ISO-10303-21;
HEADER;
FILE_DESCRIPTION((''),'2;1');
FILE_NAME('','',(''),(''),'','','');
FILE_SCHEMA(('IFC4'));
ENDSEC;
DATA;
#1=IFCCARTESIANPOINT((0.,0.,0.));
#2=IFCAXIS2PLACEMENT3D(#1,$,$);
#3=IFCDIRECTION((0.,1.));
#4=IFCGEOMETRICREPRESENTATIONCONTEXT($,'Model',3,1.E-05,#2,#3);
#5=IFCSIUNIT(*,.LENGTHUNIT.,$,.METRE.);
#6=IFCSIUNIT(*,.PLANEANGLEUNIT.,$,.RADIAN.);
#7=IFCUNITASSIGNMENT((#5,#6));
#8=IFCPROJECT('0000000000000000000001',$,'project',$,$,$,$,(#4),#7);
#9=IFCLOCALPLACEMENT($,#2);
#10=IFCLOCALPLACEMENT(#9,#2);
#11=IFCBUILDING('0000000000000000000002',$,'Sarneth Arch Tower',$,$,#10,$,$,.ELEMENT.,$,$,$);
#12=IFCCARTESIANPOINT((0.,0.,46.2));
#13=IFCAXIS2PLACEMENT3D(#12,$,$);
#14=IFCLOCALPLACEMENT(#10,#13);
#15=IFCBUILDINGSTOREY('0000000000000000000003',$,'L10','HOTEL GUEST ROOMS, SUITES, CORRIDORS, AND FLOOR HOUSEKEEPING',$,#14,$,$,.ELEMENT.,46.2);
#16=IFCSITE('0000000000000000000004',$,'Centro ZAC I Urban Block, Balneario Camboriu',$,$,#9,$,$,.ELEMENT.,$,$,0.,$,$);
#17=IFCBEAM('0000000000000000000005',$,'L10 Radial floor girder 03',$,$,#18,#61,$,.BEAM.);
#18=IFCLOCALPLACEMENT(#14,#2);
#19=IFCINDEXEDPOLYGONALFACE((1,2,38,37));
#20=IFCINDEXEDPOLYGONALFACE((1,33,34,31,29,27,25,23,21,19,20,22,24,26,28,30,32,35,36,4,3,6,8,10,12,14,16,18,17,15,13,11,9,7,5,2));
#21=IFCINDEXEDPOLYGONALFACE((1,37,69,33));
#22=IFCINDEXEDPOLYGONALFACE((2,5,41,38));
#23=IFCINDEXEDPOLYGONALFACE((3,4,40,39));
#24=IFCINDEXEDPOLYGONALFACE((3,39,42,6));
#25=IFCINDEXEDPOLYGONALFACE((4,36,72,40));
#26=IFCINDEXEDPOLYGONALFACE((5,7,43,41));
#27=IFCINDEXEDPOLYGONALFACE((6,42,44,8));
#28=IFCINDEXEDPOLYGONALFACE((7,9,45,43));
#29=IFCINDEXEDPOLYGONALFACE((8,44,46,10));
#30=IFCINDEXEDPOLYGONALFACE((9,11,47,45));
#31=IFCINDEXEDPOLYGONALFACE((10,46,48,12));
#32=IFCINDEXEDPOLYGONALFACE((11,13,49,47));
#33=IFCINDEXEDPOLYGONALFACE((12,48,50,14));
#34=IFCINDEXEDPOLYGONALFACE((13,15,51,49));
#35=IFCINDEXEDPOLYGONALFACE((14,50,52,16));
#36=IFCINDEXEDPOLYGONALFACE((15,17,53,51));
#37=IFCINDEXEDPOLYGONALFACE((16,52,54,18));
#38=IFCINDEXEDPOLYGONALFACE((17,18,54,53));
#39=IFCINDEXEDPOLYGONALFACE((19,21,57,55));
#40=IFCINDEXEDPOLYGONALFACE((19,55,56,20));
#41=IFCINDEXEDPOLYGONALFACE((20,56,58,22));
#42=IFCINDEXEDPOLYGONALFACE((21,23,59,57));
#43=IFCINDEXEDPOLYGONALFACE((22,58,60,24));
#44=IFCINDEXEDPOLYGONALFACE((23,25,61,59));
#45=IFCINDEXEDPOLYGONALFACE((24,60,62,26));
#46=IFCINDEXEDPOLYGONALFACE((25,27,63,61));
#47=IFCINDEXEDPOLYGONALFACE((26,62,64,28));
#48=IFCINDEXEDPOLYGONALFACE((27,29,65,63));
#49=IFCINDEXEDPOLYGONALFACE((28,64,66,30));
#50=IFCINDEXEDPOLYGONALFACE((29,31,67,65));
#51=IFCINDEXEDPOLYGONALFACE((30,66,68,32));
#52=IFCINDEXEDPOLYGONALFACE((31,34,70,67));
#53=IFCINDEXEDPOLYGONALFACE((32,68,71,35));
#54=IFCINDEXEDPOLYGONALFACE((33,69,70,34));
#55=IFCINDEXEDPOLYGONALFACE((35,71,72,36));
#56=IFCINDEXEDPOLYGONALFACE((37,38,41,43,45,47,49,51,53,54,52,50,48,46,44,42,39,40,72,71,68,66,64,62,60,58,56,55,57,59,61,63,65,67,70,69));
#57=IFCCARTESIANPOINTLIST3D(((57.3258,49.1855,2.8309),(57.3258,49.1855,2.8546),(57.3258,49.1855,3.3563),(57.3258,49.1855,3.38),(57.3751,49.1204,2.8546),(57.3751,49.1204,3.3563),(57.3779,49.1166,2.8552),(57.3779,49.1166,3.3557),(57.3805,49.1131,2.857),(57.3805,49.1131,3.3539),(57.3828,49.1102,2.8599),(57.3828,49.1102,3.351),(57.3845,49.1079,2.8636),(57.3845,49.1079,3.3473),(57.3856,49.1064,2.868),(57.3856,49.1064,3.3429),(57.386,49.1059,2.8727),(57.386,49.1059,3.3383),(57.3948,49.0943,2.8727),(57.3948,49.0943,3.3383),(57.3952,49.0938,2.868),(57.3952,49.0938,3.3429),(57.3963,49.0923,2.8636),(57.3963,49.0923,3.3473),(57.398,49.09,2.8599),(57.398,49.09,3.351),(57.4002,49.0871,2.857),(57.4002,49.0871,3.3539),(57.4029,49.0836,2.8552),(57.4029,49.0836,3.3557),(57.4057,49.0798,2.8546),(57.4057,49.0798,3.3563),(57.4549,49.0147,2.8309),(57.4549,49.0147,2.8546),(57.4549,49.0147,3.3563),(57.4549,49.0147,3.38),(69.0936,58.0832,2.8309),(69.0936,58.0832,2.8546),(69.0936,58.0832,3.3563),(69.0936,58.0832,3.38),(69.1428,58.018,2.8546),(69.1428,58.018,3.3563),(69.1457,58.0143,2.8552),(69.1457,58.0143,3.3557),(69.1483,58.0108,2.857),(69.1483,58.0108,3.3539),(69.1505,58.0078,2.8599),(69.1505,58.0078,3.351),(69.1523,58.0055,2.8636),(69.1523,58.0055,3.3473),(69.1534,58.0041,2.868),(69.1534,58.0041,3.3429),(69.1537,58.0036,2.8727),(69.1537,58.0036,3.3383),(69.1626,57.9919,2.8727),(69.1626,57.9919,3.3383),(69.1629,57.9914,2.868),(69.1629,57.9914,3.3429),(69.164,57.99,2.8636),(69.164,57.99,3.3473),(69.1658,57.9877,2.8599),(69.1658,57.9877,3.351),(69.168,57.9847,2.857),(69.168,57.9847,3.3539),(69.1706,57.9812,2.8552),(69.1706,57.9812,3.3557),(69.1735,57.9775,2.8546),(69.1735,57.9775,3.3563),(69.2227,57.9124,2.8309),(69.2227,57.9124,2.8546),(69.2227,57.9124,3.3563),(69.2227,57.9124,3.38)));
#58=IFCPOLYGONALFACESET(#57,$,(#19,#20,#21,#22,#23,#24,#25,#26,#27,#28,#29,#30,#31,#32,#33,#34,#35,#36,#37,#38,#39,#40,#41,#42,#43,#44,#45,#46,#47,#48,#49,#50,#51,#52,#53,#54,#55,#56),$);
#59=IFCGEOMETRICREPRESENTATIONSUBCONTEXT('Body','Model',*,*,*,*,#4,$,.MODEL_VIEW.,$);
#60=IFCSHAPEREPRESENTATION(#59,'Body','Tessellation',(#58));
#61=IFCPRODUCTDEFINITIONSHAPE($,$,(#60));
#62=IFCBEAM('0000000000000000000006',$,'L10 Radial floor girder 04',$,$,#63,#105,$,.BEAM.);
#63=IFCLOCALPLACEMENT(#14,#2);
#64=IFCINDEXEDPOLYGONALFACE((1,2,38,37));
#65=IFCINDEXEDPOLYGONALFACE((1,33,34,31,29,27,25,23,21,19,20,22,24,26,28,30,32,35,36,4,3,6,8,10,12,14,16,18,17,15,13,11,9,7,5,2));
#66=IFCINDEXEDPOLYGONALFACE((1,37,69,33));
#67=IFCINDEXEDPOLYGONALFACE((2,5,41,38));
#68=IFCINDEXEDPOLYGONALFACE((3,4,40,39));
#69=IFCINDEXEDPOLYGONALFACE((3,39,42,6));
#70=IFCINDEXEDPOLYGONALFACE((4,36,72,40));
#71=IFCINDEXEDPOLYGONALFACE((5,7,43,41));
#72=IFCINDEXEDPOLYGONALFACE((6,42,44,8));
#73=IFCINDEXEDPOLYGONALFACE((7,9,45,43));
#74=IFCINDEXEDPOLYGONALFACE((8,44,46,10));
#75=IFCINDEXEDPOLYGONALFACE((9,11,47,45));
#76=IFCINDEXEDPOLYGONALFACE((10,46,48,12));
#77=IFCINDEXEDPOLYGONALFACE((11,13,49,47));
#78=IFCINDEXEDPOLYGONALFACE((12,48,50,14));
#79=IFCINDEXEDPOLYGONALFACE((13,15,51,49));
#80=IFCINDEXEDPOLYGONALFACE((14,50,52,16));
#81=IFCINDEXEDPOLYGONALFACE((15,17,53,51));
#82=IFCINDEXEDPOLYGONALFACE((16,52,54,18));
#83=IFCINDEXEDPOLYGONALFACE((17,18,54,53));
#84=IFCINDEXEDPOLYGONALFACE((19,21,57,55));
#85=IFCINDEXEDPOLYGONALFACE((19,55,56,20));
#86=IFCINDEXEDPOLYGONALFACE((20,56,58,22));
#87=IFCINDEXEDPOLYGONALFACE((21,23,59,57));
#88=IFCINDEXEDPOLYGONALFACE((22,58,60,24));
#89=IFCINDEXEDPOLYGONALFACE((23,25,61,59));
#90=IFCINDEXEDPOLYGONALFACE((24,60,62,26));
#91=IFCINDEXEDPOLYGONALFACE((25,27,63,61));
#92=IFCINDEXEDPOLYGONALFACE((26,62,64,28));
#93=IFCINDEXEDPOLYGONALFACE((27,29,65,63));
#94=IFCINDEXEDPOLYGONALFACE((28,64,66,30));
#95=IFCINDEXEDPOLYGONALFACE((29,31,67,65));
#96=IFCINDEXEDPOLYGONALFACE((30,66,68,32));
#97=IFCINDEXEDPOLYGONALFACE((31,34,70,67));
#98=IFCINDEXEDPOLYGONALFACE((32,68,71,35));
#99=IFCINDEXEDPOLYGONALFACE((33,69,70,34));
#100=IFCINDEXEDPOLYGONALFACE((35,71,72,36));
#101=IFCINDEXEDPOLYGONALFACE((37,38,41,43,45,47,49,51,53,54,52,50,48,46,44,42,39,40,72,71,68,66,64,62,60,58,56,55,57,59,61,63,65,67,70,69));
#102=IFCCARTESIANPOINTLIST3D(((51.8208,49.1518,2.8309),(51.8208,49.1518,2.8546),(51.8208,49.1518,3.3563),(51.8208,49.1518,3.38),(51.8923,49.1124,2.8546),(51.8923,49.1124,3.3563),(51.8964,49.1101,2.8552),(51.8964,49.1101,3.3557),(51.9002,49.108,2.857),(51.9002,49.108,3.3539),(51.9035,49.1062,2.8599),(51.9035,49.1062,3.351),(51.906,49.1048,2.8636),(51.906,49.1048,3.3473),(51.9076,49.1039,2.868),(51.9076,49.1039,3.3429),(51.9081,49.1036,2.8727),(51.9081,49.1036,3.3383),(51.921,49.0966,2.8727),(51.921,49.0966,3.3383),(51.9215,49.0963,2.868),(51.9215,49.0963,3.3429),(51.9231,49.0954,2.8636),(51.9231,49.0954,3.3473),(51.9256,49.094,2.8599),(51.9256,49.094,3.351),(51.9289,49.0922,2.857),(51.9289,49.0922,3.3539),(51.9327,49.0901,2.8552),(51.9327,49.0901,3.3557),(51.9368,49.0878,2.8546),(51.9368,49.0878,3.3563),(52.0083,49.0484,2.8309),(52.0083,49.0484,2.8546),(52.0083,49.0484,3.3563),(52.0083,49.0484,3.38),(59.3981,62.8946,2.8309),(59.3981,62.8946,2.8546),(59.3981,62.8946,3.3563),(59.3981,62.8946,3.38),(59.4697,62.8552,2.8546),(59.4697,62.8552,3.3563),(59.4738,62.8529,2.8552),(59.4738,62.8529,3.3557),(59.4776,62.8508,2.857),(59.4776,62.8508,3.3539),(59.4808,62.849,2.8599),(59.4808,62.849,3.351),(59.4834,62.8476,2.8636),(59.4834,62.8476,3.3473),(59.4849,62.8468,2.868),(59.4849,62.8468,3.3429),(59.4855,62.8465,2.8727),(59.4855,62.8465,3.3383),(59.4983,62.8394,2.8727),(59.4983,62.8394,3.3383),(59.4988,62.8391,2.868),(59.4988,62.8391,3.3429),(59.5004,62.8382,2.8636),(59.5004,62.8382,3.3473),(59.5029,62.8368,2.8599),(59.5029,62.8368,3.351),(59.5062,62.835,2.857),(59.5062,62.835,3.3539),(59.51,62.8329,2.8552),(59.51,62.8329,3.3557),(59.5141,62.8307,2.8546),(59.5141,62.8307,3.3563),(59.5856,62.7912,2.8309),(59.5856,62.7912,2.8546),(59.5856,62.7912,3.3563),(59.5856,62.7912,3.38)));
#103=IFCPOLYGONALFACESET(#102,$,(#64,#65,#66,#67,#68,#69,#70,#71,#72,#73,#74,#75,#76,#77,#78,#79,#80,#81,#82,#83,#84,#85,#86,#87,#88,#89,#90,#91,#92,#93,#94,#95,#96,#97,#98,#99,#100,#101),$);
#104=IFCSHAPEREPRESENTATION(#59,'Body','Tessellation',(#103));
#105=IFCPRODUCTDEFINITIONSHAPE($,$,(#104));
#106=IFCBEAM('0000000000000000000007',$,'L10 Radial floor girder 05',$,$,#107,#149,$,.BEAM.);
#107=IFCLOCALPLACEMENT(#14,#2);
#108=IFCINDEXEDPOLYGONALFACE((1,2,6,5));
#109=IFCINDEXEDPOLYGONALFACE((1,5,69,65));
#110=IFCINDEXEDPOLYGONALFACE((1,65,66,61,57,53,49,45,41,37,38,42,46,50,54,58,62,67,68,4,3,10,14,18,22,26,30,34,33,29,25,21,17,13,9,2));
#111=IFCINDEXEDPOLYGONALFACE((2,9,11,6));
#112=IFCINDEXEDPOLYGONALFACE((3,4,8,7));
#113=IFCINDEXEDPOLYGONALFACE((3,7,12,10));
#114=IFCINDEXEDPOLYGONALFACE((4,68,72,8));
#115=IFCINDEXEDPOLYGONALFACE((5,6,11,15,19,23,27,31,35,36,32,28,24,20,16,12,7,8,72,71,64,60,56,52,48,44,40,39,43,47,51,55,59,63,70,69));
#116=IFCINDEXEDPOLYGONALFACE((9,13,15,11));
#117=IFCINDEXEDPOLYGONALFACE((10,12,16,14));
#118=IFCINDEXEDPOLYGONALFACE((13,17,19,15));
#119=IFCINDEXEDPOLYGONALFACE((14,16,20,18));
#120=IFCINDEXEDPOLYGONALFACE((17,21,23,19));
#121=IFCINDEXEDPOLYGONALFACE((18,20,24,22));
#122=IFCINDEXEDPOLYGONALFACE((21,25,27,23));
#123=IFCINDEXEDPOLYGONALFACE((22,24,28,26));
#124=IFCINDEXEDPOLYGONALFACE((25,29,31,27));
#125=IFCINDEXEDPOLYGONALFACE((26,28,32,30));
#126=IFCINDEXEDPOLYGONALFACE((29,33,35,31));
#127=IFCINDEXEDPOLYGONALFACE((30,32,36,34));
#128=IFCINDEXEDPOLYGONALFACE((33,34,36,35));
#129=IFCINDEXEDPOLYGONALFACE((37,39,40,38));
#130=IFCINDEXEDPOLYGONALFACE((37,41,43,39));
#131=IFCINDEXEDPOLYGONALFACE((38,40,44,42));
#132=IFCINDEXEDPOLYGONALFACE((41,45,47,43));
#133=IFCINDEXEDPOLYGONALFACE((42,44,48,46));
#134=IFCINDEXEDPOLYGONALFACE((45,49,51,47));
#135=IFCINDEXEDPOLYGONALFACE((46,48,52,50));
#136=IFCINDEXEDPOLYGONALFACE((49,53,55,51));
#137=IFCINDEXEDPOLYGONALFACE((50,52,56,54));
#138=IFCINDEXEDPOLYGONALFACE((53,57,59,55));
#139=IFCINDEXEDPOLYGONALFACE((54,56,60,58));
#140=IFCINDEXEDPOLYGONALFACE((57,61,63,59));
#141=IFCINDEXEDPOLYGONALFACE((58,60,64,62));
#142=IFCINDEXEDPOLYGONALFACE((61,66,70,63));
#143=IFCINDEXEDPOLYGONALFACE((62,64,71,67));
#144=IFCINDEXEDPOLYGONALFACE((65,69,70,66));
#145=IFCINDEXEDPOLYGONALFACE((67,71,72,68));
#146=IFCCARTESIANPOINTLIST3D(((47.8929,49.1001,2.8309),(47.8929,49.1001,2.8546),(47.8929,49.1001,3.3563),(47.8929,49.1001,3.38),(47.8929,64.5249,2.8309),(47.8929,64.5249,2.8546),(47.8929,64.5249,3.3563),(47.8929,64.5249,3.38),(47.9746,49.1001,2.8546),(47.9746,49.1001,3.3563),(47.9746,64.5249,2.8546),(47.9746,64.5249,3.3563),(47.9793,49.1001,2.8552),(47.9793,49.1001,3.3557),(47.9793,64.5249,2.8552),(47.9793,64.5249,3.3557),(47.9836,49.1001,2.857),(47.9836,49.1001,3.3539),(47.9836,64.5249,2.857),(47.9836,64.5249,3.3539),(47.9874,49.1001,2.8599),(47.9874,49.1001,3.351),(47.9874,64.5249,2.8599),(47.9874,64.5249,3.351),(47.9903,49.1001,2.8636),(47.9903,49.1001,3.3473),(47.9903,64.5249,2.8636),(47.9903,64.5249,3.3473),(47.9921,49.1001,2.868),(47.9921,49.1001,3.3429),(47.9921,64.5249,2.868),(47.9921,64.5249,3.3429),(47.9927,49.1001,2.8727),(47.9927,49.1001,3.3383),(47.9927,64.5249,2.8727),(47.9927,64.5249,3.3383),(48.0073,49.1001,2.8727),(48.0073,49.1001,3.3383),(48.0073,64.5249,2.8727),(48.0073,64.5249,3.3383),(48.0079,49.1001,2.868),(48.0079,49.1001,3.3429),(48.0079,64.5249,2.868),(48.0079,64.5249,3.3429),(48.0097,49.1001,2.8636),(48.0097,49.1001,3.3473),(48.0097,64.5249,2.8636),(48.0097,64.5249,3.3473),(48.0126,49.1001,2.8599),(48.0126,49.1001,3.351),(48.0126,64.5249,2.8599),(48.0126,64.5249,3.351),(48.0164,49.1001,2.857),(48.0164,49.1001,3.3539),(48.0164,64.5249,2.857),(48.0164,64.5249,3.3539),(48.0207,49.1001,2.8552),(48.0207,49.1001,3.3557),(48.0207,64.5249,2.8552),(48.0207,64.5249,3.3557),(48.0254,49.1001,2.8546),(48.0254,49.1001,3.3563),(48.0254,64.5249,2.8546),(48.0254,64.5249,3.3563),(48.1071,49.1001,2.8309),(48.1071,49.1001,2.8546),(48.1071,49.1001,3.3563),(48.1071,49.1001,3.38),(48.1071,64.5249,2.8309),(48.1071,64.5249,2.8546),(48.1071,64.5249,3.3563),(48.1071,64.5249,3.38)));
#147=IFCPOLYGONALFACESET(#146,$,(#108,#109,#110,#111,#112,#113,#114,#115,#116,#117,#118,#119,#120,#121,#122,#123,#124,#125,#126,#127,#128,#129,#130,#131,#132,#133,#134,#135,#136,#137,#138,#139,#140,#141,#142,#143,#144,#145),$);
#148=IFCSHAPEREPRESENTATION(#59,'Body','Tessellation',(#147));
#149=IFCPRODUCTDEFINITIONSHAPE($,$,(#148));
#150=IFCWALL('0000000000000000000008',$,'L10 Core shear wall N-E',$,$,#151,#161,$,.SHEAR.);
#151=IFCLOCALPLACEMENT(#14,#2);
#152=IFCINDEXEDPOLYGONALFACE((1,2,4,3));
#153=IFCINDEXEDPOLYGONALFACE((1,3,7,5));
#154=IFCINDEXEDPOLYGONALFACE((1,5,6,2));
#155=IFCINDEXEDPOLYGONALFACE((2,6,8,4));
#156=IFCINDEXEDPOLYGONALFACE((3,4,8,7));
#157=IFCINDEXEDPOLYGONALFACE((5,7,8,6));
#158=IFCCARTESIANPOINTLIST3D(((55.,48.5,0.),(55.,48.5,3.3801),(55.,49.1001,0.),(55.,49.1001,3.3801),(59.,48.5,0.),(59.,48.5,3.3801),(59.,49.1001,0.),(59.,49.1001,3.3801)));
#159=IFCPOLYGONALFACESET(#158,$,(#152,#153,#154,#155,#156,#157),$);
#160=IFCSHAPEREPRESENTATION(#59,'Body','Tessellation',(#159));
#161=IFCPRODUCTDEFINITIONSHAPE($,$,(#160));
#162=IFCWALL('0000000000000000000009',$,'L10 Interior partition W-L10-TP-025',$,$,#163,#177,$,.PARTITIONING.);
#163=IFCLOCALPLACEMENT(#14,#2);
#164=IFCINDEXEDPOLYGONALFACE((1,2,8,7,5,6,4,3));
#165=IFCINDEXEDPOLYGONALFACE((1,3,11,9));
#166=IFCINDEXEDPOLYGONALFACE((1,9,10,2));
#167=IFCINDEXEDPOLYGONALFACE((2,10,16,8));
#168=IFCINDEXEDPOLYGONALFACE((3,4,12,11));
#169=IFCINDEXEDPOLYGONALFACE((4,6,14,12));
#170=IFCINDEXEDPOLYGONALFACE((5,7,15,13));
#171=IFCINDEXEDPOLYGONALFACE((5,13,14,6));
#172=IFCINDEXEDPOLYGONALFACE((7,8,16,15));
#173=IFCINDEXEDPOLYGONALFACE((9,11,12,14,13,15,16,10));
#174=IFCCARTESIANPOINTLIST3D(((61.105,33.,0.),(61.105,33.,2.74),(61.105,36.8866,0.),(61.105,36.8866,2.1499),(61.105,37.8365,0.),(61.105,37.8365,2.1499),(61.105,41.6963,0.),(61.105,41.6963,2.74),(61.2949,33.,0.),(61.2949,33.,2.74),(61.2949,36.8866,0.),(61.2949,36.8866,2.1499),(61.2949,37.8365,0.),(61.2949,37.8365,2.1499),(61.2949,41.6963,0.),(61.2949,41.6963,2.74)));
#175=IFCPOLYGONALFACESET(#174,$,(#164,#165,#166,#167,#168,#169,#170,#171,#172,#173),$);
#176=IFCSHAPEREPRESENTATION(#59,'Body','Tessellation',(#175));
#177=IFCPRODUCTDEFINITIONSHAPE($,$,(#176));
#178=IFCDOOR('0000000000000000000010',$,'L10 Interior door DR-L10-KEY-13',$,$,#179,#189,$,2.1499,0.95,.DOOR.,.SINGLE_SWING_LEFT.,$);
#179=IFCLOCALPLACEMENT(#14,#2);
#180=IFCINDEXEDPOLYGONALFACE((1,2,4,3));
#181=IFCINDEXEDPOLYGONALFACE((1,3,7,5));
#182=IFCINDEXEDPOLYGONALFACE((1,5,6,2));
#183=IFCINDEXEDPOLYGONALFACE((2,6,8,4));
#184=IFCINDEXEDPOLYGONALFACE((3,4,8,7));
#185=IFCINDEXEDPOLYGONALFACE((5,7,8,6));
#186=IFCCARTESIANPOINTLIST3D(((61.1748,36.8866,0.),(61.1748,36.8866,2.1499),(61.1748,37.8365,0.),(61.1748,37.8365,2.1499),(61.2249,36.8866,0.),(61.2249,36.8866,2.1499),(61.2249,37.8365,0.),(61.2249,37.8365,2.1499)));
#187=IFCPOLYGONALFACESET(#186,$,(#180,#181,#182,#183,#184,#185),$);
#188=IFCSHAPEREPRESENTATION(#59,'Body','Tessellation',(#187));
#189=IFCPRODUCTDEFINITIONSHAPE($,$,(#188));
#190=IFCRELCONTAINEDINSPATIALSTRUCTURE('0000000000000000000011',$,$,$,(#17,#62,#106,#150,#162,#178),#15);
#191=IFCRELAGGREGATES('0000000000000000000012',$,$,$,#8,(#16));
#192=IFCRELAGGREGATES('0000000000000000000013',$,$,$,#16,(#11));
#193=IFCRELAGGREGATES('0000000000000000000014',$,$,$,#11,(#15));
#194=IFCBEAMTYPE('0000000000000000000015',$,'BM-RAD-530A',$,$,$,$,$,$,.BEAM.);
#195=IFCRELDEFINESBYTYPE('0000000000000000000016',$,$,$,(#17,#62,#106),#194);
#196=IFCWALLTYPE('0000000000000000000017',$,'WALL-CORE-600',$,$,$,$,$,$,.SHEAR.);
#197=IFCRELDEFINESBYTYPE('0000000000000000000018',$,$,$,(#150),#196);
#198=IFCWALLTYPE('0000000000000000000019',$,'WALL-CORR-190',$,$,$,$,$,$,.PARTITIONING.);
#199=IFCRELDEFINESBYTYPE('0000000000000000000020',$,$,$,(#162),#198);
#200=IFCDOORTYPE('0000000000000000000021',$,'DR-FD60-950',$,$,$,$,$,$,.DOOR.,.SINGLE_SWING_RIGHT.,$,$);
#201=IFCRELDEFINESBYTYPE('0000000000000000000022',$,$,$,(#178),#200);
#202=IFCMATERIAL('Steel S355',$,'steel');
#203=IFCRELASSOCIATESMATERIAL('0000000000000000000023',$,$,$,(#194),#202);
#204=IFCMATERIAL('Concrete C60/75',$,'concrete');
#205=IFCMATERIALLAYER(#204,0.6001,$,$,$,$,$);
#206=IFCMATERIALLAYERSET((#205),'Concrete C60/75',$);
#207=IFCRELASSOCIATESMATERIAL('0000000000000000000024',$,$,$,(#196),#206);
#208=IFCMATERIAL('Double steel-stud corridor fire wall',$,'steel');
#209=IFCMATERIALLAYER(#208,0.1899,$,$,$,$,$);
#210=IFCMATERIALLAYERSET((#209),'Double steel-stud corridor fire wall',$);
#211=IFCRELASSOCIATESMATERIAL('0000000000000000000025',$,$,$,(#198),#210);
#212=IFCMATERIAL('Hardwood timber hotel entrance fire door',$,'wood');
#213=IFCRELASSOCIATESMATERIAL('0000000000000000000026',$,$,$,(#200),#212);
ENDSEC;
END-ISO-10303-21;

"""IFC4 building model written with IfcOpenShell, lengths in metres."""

from ifc_helpers import new_model, si_unit, direction, frame, frame_2d, origin, origin_2d, place, context, subcontext, project, spatial, rectangle, i_section, extrude, material, layer, layer_set, material_profile, profile_set, type_object, element, fill, save


model = new_model("IFC4")

# Units and contexts
model_context = context("Model", 3, precision=1e-05, world=origin(), true_north=direction((0.0, 1.0)))
body_context = subcontext(model_context, "Body", "Model", "MODEL_VIEW")
ifc_project = project(units=[si_unit("LENGTHUNIT", "METRE"), si_unit("PLANEANGLEUNIT", "RADIAN")], contexts=[model_context])

# Site, building, storey
site_placement = place(None, origin())
site = spatial("IfcSite", under=ifc_project, at=site_placement, Name="Centro ZAC I Urban Block, Balneario Camboriu", CompositionType="ELEMENT", RefElevation=0.0)
building_placement = place(site_placement, origin())
building = spatial("IfcBuilding", under=site, at=building_placement, Name="Sarneth Arch Tower", CompositionType="ELEMENT")
storey_placement = place(building_placement, frame((0.0, 0.0, 46.2)))
storey = spatial("IfcBuildingStorey", under=building, at=storey_placement, Name="L10", Description="HOTEL GUEST ROOMS, SUITES, CORRIDORS, AND FLOOR HOUSEKEEPING", CompositionType="ELEMENT", Elevation=46.2)

# Beams
ifc_material_1 = material(Name="Steel S355", Category="steel")
ifc_material_profile_1 = material_profile(ifc_material_1, i_section(OverallWidth=0.2141, OverallDepth=0.5491, WebThickness=0.0146, FlangeThickness=0.0237, FilletRadius=0.0181, at=origin_2d()), Name="W530x138")
ifc_profile_set_1 = profile_set([ifc_material_profile_1], Name="Steel S355")
beam_type_1 = type_object("IfcBeamType", Name="BM-RAD-530A", PredefinedType="BEAM", material=ifc_profile_set_1)
beam_1_placement = place(storey_placement, frame((57.3904, 49.1001, 3.1055), z_axis=(0.797657, 0.603112, 0.0), x_axis=(-0.603112, 0.797657, 0.0)))
element("IfcBeam", 1, at=beam_1_placement, inside=storey, type_object=beam_type_1, Name="L10 Radial floor girder 03", PredefinedType="BEAM", context=body_context, shape_type="SweptSolid", body=[
    extrude(i_section(OverallWidth=0.2141, OverallDepth=0.5491, WebThickness=0.0146, FlangeThickness=0.0237, FilletRadius=0.0181, at=origin_2d()), origin(), (0.0, 0.0, 1.0), 14.7529),
])
beam_2_placement = place(storey_placement, frame((51.9146, 49.1001, 3.1055), z_axis=(0.482838, 0.87571, 0.0), x_axis=(-0.87571, 0.482838, 0.0)))
element("IfcBeam", 2, at=beam_2_placement, inside=storey, type_object=beam_type_1, Name="L10 Radial floor girder 04", PredefinedType="BEAM", context=body_context, shape_type="SweptSolid", body=[
    extrude(i_section(OverallWidth=0.2141, OverallDepth=0.5491, WebThickness=0.0146, FlangeThickness=0.0237, FilletRadius=0.0181, at=origin_2d()), origin(), (0.0, 0.0, 1.0), 15.6934),
])
beam_3_placement = place(storey_placement, frame((48.0, 49.1001, 3.1055), z_axis=(0.0, 1.0, 0.0), x_axis=(-1.0, 0.0, 0.0)))
element("IfcBeam", 3, at=beam_3_placement, inside=storey, type_object=beam_type_1, Name="L10 Radial floor girder 05", PredefinedType="BEAM", context=body_context, shape_type="SweptSolid", body=[
    extrude(i_section(OverallWidth=0.2141, OverallDepth=0.5491, WebThickness=0.0146, FlangeThickness=0.0237, FilletRadius=0.0181, at=origin_2d()), origin(), (0.0, 0.0, 1.0), 15.4248),
])

# Wall
ifc_material_2 = material(Name="Concrete C60/75", Category="concrete")
ifc_layer_1 = layer(ifc_material_2, 0.6001)
ifc_layer_set_1 = layer_set([ifc_layer_1], Name="Concrete C60/75")
wall_type_1 = type_object("IfcWallType", Name="WALL-CORE-600", PredefinedType="SHEAR", material=ifc_layer_set_1)
wall_1_placement = place(storey_placement, frame((55.0, 48.8, 0.0), z_axis=(0.0, 0.0, 1.0), x_axis=(1.0, 0.0, 0.0)))
element("IfcWall", 4, at=wall_1_placement, inside=storey, type_object=wall_type_1, Name="L10 Core shear wall N-E", PredefinedType="SHEAR", context=body_context, shape_type="SweptSolid", body=[
    extrude(rectangle(XDim=4.0, YDim=0.6001, at=frame_2d((2.0, 0.0))), origin(), (0.0, 0.0, 1.0), 3.3801),
])

# Wall, opening, door
ifc_material_3 = material(Name="Double steel-stud corridor fire wall", Category="steel")
ifc_layer_2 = layer(ifc_material_3, 0.1899)
ifc_layer_set_2 = layer_set([ifc_layer_2], Name="Double steel-stud corridor fire wall")
wall_type_2 = type_object("IfcWallType", Name="WALL-CORR-190", PredefinedType="PARTITIONING", material=ifc_layer_set_2)
wall_2_placement = place(storey_placement, frame((61.2, 41.6963, 0.0), z_axis=(0.0, 0.0, 1.0), x_axis=(0.0, -1.0, 0.0)))
wall_2 = element("IfcWall", 5, at=wall_2_placement, inside=storey, type_object=wall_type_2, Name="L10 Interior partition W-L10-TP-025", PredefinedType="PARTITIONING", context=body_context, shape_type="SweptSolid", body=[
    extrude(rectangle(XDim=8.6963, YDim=0.1899, at=frame_2d((4.3481, 0.0))), origin(), (0.0, 0.0, 1.0), 2.74),
])
opening_1_placement = place(wall_2_placement, frame((3.8596, 0.0, 0.0)))
opening_1 = element("IfcOpeningElement", 6, at=opening_1_placement, cuts=wall_2, PredefinedType="OPENING", context=body_context, shape_type="SweptSolid", body=[
    extrude(rectangle(XDim=0.95, YDim=2.1499, at=frame_2d((0.4751, 1.075))), frame((0.0, 0.105, 0.0), z_axis=(0.0, -1.0, 0.0), x_axis=(1.0, 0.0, 0.0)), (0.0, 0.0, 1.0), 0.21),
])
ifc_material_4 = material(Name="Hardwood timber hotel entrance fire door", Category="wood")
door_type_1 = type_object("IfcDoorType", Name="DR-FD60-950", OperationType="SINGLE_SWING_RIGHT", PredefinedType="DOOR", material=ifc_material_4)
door_1_placement = place(opening_1_placement, origin())
door_1 = element("IfcDoor", 7, at=door_1_placement, inside=storey, type_object=door_type_1, Name="L10 Interior door DR-L10-KEY-13", OperationType="SINGLE_SWING_LEFT", OverallHeight=2.1499, OverallWidth=0.95, PredefinedType="DOOR", context=body_context, shape_type="SweptSolid", body=[
    extrude(rectangle(XDim=0.95, YDim=2.1499, at=frame_2d((0.4751, 1.075))), frame((0.0, 0.0249, 0.0), z_axis=(0.0, -1.0, 0.0), x_axis=(1.0, 0.0, 0.0)), (0.0, 0.0, 1.0), 0.05),
])
fill(opening_1, door_1)

save(model, "model.ifc")
